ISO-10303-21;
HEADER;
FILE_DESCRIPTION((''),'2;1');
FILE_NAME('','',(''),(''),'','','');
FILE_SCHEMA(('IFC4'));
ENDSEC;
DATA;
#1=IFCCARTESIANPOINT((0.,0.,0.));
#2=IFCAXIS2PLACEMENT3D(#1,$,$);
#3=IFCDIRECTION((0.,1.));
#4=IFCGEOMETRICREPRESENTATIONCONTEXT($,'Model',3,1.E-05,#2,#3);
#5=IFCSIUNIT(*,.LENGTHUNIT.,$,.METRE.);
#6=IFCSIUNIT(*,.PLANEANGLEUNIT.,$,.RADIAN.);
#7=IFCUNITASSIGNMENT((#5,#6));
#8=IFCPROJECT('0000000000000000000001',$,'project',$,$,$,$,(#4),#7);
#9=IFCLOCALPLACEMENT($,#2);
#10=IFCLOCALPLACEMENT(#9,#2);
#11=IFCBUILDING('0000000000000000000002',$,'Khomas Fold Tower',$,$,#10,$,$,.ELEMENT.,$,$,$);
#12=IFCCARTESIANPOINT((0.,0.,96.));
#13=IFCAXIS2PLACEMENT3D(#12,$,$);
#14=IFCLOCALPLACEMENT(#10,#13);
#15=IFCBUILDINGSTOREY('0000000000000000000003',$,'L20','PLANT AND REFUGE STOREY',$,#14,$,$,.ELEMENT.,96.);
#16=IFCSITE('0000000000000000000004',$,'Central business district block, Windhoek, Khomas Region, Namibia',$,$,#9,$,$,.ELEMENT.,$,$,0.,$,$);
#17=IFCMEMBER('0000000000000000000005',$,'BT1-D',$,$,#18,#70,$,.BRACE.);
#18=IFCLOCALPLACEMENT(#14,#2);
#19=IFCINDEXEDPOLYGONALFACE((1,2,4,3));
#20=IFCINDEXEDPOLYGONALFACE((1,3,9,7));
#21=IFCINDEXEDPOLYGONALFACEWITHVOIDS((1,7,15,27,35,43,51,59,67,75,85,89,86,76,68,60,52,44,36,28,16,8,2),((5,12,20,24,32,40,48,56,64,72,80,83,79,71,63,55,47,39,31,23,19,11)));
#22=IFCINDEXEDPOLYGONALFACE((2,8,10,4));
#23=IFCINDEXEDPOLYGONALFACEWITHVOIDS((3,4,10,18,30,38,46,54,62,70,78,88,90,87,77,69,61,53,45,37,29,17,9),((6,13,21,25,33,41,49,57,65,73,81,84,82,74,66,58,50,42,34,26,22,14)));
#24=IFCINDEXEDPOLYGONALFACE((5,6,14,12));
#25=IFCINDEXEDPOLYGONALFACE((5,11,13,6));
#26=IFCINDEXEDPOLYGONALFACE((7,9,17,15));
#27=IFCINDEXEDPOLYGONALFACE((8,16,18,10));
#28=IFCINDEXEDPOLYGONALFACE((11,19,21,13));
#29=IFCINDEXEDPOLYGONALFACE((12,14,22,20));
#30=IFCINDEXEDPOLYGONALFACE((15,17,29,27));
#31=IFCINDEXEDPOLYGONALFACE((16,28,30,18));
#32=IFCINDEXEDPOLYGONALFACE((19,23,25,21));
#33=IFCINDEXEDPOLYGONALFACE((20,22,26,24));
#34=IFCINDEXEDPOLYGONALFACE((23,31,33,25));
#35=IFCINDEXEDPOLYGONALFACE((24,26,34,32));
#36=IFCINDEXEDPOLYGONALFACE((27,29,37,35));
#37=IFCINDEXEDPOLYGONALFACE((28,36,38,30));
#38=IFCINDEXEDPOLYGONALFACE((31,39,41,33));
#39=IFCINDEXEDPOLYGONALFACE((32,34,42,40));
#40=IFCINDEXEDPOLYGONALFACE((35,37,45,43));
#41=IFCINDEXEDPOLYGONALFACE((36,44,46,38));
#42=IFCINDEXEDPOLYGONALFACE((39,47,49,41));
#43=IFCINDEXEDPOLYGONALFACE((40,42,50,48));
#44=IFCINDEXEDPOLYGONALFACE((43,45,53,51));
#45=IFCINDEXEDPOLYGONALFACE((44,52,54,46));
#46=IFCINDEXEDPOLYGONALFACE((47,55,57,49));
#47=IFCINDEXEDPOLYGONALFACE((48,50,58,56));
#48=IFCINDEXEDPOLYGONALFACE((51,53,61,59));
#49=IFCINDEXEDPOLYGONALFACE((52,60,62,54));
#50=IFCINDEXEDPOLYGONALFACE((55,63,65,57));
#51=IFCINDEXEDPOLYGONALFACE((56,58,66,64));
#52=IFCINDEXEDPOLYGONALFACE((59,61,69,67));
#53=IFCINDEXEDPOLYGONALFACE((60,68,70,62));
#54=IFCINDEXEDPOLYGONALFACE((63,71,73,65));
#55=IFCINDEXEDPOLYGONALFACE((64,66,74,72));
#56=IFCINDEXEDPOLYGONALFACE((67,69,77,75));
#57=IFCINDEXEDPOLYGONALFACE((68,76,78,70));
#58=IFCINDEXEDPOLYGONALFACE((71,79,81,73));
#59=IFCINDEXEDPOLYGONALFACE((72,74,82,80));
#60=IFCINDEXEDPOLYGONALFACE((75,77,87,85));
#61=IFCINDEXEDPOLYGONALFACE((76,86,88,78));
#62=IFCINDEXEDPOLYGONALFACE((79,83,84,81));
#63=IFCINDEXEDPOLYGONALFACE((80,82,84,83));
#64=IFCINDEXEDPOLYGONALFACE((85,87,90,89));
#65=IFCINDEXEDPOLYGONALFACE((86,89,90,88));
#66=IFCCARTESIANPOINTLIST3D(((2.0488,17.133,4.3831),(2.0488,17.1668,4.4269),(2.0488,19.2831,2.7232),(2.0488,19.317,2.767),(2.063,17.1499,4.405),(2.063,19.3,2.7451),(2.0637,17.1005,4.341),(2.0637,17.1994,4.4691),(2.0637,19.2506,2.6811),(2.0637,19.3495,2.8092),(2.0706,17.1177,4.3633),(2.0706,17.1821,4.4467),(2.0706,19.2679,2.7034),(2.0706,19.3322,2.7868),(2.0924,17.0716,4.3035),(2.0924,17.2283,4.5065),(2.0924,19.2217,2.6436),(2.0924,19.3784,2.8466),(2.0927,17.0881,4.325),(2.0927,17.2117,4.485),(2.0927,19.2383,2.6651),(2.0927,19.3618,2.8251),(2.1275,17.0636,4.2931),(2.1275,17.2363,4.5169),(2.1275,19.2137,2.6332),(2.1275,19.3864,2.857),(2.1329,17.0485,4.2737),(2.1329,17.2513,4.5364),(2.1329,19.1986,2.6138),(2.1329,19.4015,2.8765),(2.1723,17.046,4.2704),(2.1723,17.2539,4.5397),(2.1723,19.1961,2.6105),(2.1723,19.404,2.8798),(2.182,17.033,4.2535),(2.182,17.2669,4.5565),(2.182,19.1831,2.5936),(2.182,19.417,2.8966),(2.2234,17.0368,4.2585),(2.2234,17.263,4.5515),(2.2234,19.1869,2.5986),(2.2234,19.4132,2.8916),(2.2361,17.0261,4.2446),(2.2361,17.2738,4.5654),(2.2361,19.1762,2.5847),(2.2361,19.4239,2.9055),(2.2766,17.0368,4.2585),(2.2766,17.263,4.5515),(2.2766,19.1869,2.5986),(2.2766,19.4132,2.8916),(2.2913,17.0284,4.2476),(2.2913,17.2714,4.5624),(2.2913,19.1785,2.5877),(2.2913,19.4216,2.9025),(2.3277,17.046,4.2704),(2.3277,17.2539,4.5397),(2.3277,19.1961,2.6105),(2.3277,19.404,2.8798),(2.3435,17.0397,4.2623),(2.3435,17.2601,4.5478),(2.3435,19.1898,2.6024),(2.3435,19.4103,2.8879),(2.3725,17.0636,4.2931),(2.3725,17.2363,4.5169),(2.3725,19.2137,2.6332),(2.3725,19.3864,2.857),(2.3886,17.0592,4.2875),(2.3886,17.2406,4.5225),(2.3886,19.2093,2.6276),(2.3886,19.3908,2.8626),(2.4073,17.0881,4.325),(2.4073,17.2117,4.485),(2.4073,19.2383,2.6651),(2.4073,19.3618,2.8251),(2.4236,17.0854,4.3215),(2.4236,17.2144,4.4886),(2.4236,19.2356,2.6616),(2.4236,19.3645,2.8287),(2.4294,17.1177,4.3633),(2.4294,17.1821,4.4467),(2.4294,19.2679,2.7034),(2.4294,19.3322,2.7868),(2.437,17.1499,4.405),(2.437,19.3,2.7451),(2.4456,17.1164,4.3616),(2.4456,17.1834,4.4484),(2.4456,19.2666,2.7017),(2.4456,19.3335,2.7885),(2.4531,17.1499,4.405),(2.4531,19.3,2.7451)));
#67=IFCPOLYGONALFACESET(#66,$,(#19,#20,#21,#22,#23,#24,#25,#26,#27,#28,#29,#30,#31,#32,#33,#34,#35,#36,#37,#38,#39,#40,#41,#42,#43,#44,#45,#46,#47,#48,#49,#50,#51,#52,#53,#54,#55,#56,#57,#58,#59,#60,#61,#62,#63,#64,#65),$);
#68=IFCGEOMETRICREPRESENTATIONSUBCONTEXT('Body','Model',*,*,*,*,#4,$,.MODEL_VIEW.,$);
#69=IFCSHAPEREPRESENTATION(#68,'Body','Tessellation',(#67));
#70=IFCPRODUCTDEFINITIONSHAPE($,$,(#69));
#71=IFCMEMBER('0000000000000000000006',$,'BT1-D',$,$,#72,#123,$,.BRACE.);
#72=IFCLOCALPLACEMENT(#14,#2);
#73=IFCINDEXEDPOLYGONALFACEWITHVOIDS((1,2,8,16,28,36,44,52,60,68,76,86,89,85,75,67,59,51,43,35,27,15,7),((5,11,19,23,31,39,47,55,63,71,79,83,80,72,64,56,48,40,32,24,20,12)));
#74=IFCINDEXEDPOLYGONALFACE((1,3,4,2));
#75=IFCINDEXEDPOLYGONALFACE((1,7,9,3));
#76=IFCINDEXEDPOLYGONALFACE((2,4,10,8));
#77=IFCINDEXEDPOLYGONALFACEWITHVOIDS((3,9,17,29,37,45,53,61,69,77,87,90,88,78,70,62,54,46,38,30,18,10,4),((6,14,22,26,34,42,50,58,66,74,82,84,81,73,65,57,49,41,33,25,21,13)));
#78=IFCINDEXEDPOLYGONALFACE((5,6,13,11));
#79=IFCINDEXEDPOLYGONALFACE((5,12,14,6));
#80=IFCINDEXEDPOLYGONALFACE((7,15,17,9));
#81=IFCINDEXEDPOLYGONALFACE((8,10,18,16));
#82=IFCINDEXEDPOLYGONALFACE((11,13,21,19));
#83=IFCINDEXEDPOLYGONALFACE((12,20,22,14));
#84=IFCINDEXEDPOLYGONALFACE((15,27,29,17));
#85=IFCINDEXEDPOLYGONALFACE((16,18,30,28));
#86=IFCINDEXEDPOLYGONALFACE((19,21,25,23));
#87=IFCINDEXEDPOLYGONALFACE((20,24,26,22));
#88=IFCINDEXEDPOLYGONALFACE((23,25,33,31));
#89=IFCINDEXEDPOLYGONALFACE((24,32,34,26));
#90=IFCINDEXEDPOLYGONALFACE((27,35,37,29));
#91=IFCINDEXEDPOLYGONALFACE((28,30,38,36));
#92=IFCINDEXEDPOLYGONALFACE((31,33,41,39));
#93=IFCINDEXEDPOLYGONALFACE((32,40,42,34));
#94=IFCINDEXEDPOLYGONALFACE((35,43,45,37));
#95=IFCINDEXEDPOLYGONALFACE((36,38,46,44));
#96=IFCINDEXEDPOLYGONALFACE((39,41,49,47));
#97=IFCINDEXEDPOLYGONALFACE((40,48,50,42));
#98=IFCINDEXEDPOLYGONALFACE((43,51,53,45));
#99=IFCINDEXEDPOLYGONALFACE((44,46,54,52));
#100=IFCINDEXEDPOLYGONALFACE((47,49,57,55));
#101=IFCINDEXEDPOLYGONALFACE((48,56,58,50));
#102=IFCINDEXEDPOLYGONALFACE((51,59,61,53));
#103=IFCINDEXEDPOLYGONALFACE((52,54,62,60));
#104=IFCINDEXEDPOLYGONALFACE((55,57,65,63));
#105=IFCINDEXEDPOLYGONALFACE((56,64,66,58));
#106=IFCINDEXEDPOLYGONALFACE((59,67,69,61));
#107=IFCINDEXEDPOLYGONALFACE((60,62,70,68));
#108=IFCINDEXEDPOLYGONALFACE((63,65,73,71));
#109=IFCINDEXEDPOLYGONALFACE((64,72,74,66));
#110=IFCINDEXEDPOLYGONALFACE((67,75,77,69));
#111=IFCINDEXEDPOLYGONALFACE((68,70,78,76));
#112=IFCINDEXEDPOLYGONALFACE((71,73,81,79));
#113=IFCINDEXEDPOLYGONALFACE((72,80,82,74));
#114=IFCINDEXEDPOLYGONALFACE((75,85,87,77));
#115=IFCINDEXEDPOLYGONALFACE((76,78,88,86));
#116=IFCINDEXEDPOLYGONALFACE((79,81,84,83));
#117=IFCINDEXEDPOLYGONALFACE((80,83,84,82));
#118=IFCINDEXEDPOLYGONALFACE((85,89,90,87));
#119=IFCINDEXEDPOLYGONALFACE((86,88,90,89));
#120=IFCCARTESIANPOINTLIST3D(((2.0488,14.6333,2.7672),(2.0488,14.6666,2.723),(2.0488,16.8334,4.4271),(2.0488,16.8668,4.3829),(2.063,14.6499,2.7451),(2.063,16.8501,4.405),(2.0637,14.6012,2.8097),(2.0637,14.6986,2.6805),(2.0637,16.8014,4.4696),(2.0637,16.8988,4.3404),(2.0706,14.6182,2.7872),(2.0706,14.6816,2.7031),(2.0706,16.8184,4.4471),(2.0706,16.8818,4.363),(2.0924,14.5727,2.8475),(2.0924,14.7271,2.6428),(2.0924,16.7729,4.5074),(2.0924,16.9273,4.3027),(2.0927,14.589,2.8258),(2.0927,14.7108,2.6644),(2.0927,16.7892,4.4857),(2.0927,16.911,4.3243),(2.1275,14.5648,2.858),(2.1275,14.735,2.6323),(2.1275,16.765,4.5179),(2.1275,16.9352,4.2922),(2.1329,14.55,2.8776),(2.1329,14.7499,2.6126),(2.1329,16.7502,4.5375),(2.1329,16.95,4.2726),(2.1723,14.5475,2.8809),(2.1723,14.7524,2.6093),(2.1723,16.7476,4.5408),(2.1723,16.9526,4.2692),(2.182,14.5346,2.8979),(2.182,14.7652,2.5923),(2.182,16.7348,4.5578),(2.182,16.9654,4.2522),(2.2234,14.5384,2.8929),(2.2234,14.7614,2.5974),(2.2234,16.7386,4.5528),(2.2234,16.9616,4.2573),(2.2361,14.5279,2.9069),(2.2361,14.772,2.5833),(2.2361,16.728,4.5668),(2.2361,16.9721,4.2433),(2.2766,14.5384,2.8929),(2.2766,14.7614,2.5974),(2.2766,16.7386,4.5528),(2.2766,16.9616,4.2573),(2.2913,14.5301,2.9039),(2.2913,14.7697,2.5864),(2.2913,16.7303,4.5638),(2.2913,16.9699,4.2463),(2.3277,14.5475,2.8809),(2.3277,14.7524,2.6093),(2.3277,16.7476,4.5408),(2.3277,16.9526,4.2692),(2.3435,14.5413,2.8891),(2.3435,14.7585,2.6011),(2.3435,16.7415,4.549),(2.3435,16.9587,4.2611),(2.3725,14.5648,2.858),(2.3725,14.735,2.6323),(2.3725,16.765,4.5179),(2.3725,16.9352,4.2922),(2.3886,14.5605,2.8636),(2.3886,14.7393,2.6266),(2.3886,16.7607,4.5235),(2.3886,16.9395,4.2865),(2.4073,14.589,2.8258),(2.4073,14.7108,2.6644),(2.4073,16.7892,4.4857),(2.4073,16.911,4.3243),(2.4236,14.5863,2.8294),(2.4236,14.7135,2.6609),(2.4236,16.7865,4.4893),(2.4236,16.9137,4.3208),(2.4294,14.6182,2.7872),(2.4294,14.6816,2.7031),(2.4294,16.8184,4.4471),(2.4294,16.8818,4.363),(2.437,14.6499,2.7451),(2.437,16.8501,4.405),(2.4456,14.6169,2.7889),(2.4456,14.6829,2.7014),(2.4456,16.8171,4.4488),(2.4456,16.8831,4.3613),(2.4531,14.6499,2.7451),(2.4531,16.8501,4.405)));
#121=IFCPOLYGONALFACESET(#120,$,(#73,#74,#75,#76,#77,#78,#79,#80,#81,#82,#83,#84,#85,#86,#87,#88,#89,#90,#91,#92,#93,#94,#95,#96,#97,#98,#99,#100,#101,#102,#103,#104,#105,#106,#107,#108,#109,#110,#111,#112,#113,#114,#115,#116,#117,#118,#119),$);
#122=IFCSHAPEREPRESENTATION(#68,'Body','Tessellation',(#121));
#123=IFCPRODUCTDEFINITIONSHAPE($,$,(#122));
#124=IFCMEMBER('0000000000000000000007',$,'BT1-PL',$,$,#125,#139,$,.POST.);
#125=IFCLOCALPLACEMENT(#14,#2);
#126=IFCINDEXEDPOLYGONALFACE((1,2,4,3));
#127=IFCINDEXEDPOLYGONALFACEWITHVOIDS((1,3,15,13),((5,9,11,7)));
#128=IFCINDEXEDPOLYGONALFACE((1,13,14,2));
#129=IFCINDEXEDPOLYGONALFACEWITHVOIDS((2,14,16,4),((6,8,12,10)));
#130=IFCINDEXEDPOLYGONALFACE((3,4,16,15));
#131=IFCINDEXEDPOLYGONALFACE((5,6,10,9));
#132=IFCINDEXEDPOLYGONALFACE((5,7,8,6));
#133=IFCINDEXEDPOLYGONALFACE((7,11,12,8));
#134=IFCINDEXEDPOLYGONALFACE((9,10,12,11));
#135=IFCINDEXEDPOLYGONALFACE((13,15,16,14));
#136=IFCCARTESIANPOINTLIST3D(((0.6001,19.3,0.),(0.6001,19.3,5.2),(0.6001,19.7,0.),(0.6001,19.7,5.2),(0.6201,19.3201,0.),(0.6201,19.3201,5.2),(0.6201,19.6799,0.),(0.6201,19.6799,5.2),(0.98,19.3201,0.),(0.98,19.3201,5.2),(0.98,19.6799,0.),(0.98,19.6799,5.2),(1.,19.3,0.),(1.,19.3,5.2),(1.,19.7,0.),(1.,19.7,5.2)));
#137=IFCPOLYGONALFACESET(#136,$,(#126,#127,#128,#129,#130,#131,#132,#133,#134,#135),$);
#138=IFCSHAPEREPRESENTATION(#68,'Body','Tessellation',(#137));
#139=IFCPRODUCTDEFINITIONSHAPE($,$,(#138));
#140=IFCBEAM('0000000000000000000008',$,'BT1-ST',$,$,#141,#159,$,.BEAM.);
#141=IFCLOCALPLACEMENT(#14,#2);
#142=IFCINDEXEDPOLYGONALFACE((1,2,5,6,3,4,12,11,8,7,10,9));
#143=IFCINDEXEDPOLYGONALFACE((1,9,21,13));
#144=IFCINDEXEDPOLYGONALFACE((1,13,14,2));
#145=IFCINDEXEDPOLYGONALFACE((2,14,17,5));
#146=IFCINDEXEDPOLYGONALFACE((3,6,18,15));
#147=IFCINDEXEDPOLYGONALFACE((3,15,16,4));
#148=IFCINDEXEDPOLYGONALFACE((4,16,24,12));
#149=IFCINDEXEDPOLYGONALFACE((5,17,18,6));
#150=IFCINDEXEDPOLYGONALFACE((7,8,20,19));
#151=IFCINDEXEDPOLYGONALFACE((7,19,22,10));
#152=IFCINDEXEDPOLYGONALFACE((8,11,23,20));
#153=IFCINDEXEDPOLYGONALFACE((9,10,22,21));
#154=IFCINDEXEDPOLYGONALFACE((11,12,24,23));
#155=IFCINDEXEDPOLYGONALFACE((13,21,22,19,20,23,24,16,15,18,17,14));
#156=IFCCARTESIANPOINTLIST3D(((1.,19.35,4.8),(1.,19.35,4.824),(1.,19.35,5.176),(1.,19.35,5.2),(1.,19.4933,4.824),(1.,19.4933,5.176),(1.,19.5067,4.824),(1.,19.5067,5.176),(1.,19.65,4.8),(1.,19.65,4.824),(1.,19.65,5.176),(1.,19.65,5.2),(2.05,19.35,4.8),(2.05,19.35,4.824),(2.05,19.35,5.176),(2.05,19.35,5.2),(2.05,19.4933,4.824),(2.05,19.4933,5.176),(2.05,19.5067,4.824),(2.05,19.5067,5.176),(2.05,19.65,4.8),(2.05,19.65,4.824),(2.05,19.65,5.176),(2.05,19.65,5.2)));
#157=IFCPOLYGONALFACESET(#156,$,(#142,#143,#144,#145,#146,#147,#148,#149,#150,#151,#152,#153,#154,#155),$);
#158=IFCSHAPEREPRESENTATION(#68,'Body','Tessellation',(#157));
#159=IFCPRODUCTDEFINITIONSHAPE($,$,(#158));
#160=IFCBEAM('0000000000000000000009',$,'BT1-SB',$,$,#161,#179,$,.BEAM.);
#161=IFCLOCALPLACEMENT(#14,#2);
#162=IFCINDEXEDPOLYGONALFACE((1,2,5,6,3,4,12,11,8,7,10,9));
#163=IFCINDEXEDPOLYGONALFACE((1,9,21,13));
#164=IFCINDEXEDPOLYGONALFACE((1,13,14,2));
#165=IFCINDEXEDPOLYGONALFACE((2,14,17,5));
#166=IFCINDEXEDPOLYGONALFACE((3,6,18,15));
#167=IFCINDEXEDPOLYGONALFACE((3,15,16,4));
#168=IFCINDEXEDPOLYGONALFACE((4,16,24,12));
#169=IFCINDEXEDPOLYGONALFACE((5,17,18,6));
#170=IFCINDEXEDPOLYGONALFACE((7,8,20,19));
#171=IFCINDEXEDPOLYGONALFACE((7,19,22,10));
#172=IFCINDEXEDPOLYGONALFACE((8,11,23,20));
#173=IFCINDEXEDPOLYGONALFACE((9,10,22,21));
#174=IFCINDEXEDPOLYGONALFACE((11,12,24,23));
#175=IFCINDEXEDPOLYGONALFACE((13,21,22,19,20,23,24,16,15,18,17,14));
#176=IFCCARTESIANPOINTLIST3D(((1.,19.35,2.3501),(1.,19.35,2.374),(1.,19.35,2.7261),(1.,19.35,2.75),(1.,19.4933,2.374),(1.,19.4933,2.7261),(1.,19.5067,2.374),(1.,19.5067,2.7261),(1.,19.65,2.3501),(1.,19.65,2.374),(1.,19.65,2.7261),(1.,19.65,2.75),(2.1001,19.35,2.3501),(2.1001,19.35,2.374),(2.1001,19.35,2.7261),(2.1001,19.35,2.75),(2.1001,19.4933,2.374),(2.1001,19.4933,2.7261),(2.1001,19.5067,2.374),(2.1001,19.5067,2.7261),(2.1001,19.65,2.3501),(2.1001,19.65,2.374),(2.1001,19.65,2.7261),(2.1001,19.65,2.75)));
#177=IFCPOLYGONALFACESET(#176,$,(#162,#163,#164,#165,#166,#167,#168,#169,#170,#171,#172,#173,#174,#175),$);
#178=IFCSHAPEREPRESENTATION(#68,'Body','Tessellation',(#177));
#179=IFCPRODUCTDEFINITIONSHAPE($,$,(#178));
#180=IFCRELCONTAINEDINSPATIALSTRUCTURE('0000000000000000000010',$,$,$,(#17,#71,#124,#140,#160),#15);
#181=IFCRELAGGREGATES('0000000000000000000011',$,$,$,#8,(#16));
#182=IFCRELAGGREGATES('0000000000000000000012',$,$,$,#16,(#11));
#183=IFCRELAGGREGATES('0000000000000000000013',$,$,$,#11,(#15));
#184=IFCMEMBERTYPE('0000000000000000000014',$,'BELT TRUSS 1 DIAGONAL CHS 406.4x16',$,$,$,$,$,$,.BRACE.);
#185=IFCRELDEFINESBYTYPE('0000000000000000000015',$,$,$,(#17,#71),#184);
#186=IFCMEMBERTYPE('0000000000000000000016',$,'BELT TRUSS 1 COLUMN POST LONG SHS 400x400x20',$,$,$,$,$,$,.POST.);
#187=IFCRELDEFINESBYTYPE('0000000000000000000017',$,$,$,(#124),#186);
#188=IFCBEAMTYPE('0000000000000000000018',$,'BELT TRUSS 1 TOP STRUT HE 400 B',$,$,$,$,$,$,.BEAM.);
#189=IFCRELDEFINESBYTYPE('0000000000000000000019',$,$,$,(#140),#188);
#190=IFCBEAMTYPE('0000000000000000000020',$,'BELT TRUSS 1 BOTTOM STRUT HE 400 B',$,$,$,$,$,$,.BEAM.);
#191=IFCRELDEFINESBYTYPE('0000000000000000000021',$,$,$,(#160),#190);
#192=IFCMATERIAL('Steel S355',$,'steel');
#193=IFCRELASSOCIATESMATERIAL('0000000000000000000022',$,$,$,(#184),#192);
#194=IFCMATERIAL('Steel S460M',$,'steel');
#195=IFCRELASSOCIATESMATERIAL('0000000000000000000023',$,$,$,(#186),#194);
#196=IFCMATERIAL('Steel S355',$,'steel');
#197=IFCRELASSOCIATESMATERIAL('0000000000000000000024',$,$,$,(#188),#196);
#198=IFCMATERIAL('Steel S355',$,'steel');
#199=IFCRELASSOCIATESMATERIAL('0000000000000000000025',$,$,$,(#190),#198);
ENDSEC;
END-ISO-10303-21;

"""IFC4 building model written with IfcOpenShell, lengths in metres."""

from ifc_helpers import new_model, si_unit, direction, frame, origin, origin_2d, place, context, subcontext, project, spatial, hollow_rectangle, hollow_circle, i_section, extrude, source, transform, mapped, material, material_profile, profile_set, type_object, element, save


model = new_model("IFC4")

# Units and contexts
model_context = context("Model", 3, precision=1e-05, world=origin(), true_north=direction((0.0, 1.0)))
body_context = subcontext(model_context, "Body", "Model", "MODEL_VIEW")
ifc_project = project(units=[si_unit("LENGTHUNIT", "METRE"), si_unit("PLANEANGLEUNIT", "RADIAN")], contexts=[model_context])

# Site, building, storey
site_placement = place(None, origin())
site = spatial("IfcSite", under=ifc_project, at=site_placement, Name="Central business district block, Windhoek, Khomas Region, Namibia", CompositionType="ELEMENT", RefElevation=0.0)
building_placement = place(site_placement, origin())
building = spatial("IfcBuilding", under=site, at=building_placement, Name="Khomas Fold Tower", CompositionType="ELEMENT")
storey_placement = place(building_placement, frame((0.0, 0.0, 96.0)))
storey = spatial("IfcBuildingStorey", under=building, at=storey_placement, Name="L20", Description="PLANT AND REFUGE STOREY", CompositionType="ELEMENT", Elevation=96.0)

# Members
ifc_material_1 = material(Name="Steel S355", Category="steel")
ifc_material_profile_1 = material_profile(ifc_material_1, hollow_circle(Radius=0.2031, WallThickness=0.0161, at=origin_2d()), Name="CHS 406.4x16")
ifc_profile_set_1 = profile_set([ifc_material_profile_1], Name="Steel S355")
member_type_1 = type_object("IfcMemberType", Name="BELT TRUSS 1 DIAGONAL CHS 406.4x16", PredefinedType="BRACE", material=ifc_profile_set_1)
shared_shape_1 = source(origin(), body_context, "Body", "SweptSolid", [
    extrude(hollow_circle(Radius=0.2031, WallThickness=0.0161, at=origin_2d()), origin(), (0.0, 0.0, 1.0), 2.7163),
])
for number, where, z_axis, x_axis, name in (
    (1, (2.25, 19.3, 2.7451), (0.0, -0.791564, 0.611087), (1.0, 0.0, 0.0), "BT1-D"),
):
    element("IfcMember", number, at=place(storey_placement, frame(where, z_axis=z_axis, x_axis=x_axis)), inside=storey, type_object=member_type_1, Name=name, PredefinedType="BRACE", context=body_context, shape_type="MappedRepresentation", body=[
        mapped(shared_shape_1, transform((0.0, 0.0, 0.0))),
    ])
shared_shape_2 = source(origin(), body_context, "Body", "SweptSolid", [
    extrude(hollow_circle(Radius=0.2031, WallThickness=0.0161, at=origin_2d()), origin(), (0.0, 0.0, 1.0), 2.7561),
])
member_1_placement = place(storey_placement, frame((2.25, 16.8501, 4.405), z_axis=(0.0, -0.798296, -0.602265), x_axis=(1.0, 0.0, 0.0)))
element("IfcMember", 2, at=member_1_placement, inside=storey, type_object=member_type_1, Name="BT1-D", PredefinedType="BRACE", context=body_context, shape_type="MappedRepresentation", body=[
    mapped(shared_shape_2, transform((0.0, 0.0, 0.0))),
])
ifc_material_2 = material(Name="Steel S460M", Category="steel")
ifc_material_profile_2 = material_profile(ifc_material_2, hollow_rectangle(XDim=0.3999, YDim=0.3999, WallThickness=0.02, at=origin_2d()), Name="SHS 400x400x20")
ifc_profile_set_2 = profile_set([ifc_material_profile_2], Name="Steel S460M")
member_type_2 = type_object("IfcMemberType", Name="BELT TRUSS 1 COLUMN POST LONG SHS 400x400x20", PredefinedType="POST", material=ifc_profile_set_2)
shared_shape_3 = source(origin(), body_context, "Body", "SweptSolid", [
    extrude(hollow_rectangle(XDim=0.3999, YDim=0.3999, WallThickness=0.02, at=origin_2d()), origin(), (0.0, 0.0, 1.0), 5.2),
])
member_2_placement = place(storey_placement, frame((0.8, 19.5, 0.0), z_axis=(0.0, 0.0, 1.0), x_axis=(1.0, 0.0, 0.0)))
element("IfcMember", 3, at=member_2_placement, inside=storey, type_object=member_type_2, Name="BT1-PL", PredefinedType="POST", context=body_context, shape_type="MappedRepresentation", body=[
    mapped(shared_shape_3, transform((0.0, 0.0, 0.0))),
])

# Beams
ifc_material_3 = material(Name="Steel S355", Category="steel")
ifc_material_profile_3 = material_profile(ifc_material_3, i_section(OverallWidth=0.3, OverallDepth=0.3999, WebThickness=0.0134, FlangeThickness=0.0239, at=origin_2d()), Name="HE 400 B")
ifc_profile_set_3 = profile_set([ifc_material_profile_3], Name="Steel S355")
beam_type_1 = type_object("IfcBeamType", Name="BELT TRUSS 1 TOP STRUT HE 400 B", PredefinedType="BEAM", material=ifc_profile_set_3)
shared_shape_4 = source(origin(), body_context, "Body", "SweptSolid", [
    extrude(i_section(OverallWidth=0.3, OverallDepth=0.3999, WebThickness=0.0134, FlangeThickness=0.0239, at=origin_2d()), origin(), (0.0, 0.0, 1.0), 1.05),
])
beam_1_placement = place(storey_placement, frame((2.05, 19.5, 5.0), z_axis=(-1.0, 0.0, 0.0), x_axis=(0.0, -1.0, 0.0)))
element("IfcBeam", 4, at=beam_1_placement, inside=storey, type_object=beam_type_1, Name="BT1-ST", PredefinedType="BEAM", context=body_context, shape_type="MappedRepresentation", body=[
    mapped(shared_shape_4, transform((0.0, 0.0, 0.0))),
])
ifc_material_4 = material(Name="Steel S355", Category="steel")
ifc_material_profile_4 = material_profile(ifc_material_4, i_section(OverallWidth=0.3, OverallDepth=0.3999, WebThickness=0.0134, FlangeThickness=0.0239, at=origin_2d()), Name="HE 400 B")
ifc_profile_set_4 = profile_set([ifc_material_profile_4], Name="Steel S355")
beam_type_2 = type_object("IfcBeamType", Name="BELT TRUSS 1 BOTTOM STRUT HE 400 B", PredefinedType="BEAM", material=ifc_profile_set_4)
shared_shape_5 = source(origin(), body_context, "Body", "SweptSolid", [
    extrude(i_section(OverallWidth=0.3, OverallDepth=0.3999, WebThickness=0.0134, FlangeThickness=0.0239, at=origin_2d()), origin(), (0.0, 0.0, 1.0), 1.1001),
])
beam_2_placement = place(storey_placement, frame((2.1001, 19.5, 2.55), z_axis=(-1.0, 0.0, 0.0), x_axis=(0.0, -1.0, 0.0)))
element("IfcBeam", 5, at=beam_2_placement, inside=storey, type_object=beam_type_2, Name="BT1-SB", PredefinedType="BEAM", context=body_context, shape_type="MappedRepresentation", body=[
    mapped(shared_shape_5, transform((0.0, 0.0, 0.0))),
])

save(model, "model.ifc")
